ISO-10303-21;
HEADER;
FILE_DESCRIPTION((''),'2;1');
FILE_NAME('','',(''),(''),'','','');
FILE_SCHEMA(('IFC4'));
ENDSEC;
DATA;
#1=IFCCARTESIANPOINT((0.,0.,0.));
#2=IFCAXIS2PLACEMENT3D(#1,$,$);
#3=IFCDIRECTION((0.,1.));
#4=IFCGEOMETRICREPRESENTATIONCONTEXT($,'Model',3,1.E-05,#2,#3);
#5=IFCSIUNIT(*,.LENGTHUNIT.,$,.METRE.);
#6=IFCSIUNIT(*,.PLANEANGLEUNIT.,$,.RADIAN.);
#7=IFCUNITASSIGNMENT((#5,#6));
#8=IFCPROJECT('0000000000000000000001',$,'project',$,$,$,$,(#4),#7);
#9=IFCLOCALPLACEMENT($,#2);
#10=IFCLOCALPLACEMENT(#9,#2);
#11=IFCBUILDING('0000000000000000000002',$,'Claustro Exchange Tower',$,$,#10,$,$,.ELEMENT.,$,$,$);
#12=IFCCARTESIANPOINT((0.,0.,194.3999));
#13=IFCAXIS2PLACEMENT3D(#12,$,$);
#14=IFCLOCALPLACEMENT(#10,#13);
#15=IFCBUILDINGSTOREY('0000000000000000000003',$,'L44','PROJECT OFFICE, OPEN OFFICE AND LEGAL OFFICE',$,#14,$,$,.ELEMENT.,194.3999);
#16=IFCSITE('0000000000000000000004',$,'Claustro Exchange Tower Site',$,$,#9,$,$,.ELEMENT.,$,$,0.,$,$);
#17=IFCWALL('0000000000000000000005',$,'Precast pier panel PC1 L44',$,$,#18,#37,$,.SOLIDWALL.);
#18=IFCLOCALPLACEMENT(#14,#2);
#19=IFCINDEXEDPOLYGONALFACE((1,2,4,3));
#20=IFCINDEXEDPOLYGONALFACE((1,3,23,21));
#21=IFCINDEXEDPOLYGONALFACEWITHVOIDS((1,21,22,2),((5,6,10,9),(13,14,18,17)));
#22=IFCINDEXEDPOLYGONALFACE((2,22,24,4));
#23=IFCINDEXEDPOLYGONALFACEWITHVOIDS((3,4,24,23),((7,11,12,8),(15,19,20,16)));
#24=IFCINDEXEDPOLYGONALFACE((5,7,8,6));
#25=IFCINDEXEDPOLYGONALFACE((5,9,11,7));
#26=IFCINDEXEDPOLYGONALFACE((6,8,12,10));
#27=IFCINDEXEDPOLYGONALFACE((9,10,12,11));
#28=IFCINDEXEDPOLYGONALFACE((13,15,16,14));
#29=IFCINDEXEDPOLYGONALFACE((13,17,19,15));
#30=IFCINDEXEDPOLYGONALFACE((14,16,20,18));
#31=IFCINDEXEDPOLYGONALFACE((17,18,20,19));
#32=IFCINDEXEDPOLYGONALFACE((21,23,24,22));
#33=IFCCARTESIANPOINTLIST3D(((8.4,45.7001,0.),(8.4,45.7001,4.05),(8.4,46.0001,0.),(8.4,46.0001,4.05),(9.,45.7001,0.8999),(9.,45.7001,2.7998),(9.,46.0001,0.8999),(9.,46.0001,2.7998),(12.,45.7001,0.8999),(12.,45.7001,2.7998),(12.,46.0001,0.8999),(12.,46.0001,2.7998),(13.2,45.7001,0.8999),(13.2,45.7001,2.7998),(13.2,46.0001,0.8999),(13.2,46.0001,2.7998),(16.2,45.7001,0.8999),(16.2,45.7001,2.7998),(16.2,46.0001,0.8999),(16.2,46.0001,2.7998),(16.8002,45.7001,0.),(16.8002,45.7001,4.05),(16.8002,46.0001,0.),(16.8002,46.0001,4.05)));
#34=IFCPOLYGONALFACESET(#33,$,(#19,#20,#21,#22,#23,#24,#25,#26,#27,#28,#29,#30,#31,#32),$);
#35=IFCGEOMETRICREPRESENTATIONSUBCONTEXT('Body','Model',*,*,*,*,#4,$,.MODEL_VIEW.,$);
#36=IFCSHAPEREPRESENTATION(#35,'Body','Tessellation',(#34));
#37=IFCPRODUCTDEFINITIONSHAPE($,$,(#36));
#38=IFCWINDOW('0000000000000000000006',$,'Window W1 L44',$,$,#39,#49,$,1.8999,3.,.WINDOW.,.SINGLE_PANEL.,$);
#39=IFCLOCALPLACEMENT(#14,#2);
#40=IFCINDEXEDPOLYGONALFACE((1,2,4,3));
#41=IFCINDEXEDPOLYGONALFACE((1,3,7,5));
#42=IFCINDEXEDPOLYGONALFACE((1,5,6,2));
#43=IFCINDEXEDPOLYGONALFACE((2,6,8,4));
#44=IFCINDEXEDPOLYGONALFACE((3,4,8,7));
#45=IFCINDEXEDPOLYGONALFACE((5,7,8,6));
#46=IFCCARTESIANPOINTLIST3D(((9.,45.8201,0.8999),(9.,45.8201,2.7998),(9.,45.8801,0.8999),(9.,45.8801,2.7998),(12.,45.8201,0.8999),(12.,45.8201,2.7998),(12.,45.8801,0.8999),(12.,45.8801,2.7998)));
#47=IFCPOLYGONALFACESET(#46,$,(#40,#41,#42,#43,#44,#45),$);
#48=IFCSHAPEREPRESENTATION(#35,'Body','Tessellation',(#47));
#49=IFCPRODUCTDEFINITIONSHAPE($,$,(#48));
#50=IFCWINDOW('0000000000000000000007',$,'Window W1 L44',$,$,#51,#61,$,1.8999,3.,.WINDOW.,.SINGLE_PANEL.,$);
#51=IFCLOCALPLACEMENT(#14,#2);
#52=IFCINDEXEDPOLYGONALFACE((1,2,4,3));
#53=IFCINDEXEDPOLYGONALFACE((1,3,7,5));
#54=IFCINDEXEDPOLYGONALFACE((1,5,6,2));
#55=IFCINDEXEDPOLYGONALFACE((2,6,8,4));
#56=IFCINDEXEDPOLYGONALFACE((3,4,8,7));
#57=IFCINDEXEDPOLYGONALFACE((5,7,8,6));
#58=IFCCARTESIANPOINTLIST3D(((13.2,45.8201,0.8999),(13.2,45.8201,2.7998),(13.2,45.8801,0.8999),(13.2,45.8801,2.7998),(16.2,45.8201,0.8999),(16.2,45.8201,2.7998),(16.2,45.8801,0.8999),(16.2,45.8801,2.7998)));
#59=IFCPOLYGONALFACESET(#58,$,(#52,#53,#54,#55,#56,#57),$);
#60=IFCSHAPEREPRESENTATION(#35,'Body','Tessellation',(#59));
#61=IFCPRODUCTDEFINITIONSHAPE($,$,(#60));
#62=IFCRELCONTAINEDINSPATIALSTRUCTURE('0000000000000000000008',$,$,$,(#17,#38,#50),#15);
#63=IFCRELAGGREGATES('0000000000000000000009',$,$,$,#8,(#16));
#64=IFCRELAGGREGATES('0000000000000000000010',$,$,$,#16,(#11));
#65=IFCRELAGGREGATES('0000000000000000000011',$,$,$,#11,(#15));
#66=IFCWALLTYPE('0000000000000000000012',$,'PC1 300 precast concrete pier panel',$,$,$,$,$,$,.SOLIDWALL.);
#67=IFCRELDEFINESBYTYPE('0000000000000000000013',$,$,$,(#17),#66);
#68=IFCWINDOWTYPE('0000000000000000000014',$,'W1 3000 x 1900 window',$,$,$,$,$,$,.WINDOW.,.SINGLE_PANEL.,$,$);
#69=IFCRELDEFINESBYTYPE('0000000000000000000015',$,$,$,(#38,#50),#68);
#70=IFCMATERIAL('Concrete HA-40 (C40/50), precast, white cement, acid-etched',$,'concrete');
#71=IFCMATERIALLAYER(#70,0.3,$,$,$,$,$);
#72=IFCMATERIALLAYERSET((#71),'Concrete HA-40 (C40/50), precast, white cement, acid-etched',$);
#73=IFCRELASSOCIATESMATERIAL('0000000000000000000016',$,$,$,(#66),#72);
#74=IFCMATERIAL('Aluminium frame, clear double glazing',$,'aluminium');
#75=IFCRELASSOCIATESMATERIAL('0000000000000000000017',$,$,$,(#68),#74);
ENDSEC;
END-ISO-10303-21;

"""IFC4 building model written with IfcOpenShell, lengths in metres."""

from ifc_helpers import new_model, si_unit, direction, frame, frame_2d, origin, place, context, subcontext, project, spatial, rectangle, extrude, material, layer, layer_set, type_object, element, fill, save


model = new_model("IFC4")

# Units and contexts
model_context = context("Model", 3, precision=1e-05, world=origin(), true_north=direction((0.0, 1.0)))
body_context = subcontext(model_context, "Body", "Model", "MODEL_VIEW")
ifc_project = project(units=[si_unit("LENGTHUNIT", "METRE"), si_unit("PLANEANGLEUNIT", "RADIAN")], contexts=[model_context])

# Site, building, storey
site_placement = place(None, origin())
site = spatial("IfcSite", under=ifc_project, at=site_placement, Name="Claustro Exchange Tower Site", CompositionType="ELEMENT", RefElevation=0.0)
building_placement = place(site_placement, origin())
building = spatial("IfcBuilding", under=site, at=building_placement, Name="Claustro Exchange Tower", CompositionType="ELEMENT")
storey_placement = place(building_placement, frame((0.0, 0.0, 194.3999)))
storey = spatial("IfcBuildingStorey", under=building, at=storey_placement, Name="L44", Description="PROJECT OFFICE, OPEN OFFICE AND LEGAL OFFICE", CompositionType="ELEMENT", Elevation=194.3999)

# Wall, openings, windows
ifc_material_1 = material(Name="Concrete HA-40 (C40/50), precast, white cement, acid-etched", Category="concrete")
ifc_layer_1 = layer(ifc_material_1, 0.3)
ifc_layer_set_1 = layer_set([ifc_layer_1], Name="Concrete HA-40 (C40/50), precast, white cement, acid-etched")
wall_type_1 = type_object("IfcWallType", Name="PC1 300 precast concrete pier panel", PredefinedType="SOLIDWALL", material=ifc_layer_set_1)
wall_1_placement = place(storey_placement, frame((8.3999, 45.8501, 0.0), z_axis=(0.0, 0.0, 1.0), x_axis=(1.0, 0.0, 0.0)))
wall_1 = element("IfcWall", 1, at=wall_1_placement, inside=storey, type_object=wall_type_1, Name="Precast pier panel PC1 L44", PredefinedType="SOLIDWALL", context=body_context, shape_type="SweptSolid", body=[
    extrude(rectangle(XDim=8.4001, YDim=0.3, at=frame_2d((4.2002, 0.0))), origin(), (0.0, 0.0, 1.0), 4.05),
])
opening_1_placement = place(wall_1_placement, frame((0.6001, 0.0, 0.8999)))
opening_1 = element("IfcOpeningElement", 2, at=opening_1_placement, cuts=wall_1, PredefinedType="OPENING", context=body_context, shape_type="SweptSolid", body=[
    extrude(rectangle(XDim=3.0, YDim=1.8999, at=frame_2d((1.5, 0.95))), frame((0.0, 0.1599, 0.0), z_axis=(0.0, -1.0, 0.0), x_axis=(1.0, 0.0, 0.0)), (0.0, 0.0, 1.0), 0.3201),
])
opening_2_placement = place(wall_1_placement, frame((4.8, 0.0, 0.8999)))
opening_2 = element("IfcOpeningElement", 3, at=opening_2_placement, cuts=wall_1, PredefinedType="OPENING", context=body_context, shape_type="SweptSolid", body=[
    extrude(rectangle(XDim=3.0, YDim=1.8999, at=frame_2d((1.5, 0.95))), frame((0.0, 0.1599, 0.0), z_axis=(0.0, -1.0, 0.0), x_axis=(1.0, 0.0, 0.0)), (0.0, 0.0, 1.0), 0.3201),
])
ifc_material_2 = material(Name="Aluminium frame, clear double glazing", Category="aluminium")
window_type = type_object("IfcWindowType", Name="W1 3000 x 1900 window", PartitioningType="SINGLE_PANEL", PredefinedType="WINDOW", material=ifc_material_2)
window_1_placement = place(opening_1_placement, origin())
window_1 = element("IfcWindow", 4, at=window_1_placement, inside=storey, type_object=window_type, Name="Window W1 L44", OverallHeight=1.8999, OverallWidth=3.0, PartitioningType="SINGLE_PANEL", PredefinedType="WINDOW", context=body_context, shape_type="SweptSolid", body=[
    extrude(rectangle(XDim=3.0, YDim=1.8999, at=frame_2d((1.5, 0.95))), frame((0.0, 0.03, 0.0), z_axis=(0.0, -1.0, 0.0), x_axis=(1.0, 0.0, 0.0)), (0.0, 0.0, 1.0), 0.0601),
])
fill(opening_1, window_1)
window_2_placement = place(opening_2_placement, origin())
window_2 = element("IfcWindow", 5, at=window_2_placement, inside=storey, type_object=window_type, Name="Window W1 L44", OverallHeight=1.8999, OverallWidth=3.0, PartitioningType="SINGLE_PANEL", PredefinedType="WINDOW", context=body_context, shape_type="SweptSolid", body=[
    extrude(rectangle(XDim=3.0, YDim=1.8999, at=frame_2d((1.5, 0.95))), frame((0.0, 0.03, 0.0), z_axis=(0.0, -1.0, 0.0), x_axis=(1.0, 0.0, 0.0)), (0.0, 0.0, 1.0), 0.0601),
])
fill(opening_2, window_2)

save(model, "model.ifc")
